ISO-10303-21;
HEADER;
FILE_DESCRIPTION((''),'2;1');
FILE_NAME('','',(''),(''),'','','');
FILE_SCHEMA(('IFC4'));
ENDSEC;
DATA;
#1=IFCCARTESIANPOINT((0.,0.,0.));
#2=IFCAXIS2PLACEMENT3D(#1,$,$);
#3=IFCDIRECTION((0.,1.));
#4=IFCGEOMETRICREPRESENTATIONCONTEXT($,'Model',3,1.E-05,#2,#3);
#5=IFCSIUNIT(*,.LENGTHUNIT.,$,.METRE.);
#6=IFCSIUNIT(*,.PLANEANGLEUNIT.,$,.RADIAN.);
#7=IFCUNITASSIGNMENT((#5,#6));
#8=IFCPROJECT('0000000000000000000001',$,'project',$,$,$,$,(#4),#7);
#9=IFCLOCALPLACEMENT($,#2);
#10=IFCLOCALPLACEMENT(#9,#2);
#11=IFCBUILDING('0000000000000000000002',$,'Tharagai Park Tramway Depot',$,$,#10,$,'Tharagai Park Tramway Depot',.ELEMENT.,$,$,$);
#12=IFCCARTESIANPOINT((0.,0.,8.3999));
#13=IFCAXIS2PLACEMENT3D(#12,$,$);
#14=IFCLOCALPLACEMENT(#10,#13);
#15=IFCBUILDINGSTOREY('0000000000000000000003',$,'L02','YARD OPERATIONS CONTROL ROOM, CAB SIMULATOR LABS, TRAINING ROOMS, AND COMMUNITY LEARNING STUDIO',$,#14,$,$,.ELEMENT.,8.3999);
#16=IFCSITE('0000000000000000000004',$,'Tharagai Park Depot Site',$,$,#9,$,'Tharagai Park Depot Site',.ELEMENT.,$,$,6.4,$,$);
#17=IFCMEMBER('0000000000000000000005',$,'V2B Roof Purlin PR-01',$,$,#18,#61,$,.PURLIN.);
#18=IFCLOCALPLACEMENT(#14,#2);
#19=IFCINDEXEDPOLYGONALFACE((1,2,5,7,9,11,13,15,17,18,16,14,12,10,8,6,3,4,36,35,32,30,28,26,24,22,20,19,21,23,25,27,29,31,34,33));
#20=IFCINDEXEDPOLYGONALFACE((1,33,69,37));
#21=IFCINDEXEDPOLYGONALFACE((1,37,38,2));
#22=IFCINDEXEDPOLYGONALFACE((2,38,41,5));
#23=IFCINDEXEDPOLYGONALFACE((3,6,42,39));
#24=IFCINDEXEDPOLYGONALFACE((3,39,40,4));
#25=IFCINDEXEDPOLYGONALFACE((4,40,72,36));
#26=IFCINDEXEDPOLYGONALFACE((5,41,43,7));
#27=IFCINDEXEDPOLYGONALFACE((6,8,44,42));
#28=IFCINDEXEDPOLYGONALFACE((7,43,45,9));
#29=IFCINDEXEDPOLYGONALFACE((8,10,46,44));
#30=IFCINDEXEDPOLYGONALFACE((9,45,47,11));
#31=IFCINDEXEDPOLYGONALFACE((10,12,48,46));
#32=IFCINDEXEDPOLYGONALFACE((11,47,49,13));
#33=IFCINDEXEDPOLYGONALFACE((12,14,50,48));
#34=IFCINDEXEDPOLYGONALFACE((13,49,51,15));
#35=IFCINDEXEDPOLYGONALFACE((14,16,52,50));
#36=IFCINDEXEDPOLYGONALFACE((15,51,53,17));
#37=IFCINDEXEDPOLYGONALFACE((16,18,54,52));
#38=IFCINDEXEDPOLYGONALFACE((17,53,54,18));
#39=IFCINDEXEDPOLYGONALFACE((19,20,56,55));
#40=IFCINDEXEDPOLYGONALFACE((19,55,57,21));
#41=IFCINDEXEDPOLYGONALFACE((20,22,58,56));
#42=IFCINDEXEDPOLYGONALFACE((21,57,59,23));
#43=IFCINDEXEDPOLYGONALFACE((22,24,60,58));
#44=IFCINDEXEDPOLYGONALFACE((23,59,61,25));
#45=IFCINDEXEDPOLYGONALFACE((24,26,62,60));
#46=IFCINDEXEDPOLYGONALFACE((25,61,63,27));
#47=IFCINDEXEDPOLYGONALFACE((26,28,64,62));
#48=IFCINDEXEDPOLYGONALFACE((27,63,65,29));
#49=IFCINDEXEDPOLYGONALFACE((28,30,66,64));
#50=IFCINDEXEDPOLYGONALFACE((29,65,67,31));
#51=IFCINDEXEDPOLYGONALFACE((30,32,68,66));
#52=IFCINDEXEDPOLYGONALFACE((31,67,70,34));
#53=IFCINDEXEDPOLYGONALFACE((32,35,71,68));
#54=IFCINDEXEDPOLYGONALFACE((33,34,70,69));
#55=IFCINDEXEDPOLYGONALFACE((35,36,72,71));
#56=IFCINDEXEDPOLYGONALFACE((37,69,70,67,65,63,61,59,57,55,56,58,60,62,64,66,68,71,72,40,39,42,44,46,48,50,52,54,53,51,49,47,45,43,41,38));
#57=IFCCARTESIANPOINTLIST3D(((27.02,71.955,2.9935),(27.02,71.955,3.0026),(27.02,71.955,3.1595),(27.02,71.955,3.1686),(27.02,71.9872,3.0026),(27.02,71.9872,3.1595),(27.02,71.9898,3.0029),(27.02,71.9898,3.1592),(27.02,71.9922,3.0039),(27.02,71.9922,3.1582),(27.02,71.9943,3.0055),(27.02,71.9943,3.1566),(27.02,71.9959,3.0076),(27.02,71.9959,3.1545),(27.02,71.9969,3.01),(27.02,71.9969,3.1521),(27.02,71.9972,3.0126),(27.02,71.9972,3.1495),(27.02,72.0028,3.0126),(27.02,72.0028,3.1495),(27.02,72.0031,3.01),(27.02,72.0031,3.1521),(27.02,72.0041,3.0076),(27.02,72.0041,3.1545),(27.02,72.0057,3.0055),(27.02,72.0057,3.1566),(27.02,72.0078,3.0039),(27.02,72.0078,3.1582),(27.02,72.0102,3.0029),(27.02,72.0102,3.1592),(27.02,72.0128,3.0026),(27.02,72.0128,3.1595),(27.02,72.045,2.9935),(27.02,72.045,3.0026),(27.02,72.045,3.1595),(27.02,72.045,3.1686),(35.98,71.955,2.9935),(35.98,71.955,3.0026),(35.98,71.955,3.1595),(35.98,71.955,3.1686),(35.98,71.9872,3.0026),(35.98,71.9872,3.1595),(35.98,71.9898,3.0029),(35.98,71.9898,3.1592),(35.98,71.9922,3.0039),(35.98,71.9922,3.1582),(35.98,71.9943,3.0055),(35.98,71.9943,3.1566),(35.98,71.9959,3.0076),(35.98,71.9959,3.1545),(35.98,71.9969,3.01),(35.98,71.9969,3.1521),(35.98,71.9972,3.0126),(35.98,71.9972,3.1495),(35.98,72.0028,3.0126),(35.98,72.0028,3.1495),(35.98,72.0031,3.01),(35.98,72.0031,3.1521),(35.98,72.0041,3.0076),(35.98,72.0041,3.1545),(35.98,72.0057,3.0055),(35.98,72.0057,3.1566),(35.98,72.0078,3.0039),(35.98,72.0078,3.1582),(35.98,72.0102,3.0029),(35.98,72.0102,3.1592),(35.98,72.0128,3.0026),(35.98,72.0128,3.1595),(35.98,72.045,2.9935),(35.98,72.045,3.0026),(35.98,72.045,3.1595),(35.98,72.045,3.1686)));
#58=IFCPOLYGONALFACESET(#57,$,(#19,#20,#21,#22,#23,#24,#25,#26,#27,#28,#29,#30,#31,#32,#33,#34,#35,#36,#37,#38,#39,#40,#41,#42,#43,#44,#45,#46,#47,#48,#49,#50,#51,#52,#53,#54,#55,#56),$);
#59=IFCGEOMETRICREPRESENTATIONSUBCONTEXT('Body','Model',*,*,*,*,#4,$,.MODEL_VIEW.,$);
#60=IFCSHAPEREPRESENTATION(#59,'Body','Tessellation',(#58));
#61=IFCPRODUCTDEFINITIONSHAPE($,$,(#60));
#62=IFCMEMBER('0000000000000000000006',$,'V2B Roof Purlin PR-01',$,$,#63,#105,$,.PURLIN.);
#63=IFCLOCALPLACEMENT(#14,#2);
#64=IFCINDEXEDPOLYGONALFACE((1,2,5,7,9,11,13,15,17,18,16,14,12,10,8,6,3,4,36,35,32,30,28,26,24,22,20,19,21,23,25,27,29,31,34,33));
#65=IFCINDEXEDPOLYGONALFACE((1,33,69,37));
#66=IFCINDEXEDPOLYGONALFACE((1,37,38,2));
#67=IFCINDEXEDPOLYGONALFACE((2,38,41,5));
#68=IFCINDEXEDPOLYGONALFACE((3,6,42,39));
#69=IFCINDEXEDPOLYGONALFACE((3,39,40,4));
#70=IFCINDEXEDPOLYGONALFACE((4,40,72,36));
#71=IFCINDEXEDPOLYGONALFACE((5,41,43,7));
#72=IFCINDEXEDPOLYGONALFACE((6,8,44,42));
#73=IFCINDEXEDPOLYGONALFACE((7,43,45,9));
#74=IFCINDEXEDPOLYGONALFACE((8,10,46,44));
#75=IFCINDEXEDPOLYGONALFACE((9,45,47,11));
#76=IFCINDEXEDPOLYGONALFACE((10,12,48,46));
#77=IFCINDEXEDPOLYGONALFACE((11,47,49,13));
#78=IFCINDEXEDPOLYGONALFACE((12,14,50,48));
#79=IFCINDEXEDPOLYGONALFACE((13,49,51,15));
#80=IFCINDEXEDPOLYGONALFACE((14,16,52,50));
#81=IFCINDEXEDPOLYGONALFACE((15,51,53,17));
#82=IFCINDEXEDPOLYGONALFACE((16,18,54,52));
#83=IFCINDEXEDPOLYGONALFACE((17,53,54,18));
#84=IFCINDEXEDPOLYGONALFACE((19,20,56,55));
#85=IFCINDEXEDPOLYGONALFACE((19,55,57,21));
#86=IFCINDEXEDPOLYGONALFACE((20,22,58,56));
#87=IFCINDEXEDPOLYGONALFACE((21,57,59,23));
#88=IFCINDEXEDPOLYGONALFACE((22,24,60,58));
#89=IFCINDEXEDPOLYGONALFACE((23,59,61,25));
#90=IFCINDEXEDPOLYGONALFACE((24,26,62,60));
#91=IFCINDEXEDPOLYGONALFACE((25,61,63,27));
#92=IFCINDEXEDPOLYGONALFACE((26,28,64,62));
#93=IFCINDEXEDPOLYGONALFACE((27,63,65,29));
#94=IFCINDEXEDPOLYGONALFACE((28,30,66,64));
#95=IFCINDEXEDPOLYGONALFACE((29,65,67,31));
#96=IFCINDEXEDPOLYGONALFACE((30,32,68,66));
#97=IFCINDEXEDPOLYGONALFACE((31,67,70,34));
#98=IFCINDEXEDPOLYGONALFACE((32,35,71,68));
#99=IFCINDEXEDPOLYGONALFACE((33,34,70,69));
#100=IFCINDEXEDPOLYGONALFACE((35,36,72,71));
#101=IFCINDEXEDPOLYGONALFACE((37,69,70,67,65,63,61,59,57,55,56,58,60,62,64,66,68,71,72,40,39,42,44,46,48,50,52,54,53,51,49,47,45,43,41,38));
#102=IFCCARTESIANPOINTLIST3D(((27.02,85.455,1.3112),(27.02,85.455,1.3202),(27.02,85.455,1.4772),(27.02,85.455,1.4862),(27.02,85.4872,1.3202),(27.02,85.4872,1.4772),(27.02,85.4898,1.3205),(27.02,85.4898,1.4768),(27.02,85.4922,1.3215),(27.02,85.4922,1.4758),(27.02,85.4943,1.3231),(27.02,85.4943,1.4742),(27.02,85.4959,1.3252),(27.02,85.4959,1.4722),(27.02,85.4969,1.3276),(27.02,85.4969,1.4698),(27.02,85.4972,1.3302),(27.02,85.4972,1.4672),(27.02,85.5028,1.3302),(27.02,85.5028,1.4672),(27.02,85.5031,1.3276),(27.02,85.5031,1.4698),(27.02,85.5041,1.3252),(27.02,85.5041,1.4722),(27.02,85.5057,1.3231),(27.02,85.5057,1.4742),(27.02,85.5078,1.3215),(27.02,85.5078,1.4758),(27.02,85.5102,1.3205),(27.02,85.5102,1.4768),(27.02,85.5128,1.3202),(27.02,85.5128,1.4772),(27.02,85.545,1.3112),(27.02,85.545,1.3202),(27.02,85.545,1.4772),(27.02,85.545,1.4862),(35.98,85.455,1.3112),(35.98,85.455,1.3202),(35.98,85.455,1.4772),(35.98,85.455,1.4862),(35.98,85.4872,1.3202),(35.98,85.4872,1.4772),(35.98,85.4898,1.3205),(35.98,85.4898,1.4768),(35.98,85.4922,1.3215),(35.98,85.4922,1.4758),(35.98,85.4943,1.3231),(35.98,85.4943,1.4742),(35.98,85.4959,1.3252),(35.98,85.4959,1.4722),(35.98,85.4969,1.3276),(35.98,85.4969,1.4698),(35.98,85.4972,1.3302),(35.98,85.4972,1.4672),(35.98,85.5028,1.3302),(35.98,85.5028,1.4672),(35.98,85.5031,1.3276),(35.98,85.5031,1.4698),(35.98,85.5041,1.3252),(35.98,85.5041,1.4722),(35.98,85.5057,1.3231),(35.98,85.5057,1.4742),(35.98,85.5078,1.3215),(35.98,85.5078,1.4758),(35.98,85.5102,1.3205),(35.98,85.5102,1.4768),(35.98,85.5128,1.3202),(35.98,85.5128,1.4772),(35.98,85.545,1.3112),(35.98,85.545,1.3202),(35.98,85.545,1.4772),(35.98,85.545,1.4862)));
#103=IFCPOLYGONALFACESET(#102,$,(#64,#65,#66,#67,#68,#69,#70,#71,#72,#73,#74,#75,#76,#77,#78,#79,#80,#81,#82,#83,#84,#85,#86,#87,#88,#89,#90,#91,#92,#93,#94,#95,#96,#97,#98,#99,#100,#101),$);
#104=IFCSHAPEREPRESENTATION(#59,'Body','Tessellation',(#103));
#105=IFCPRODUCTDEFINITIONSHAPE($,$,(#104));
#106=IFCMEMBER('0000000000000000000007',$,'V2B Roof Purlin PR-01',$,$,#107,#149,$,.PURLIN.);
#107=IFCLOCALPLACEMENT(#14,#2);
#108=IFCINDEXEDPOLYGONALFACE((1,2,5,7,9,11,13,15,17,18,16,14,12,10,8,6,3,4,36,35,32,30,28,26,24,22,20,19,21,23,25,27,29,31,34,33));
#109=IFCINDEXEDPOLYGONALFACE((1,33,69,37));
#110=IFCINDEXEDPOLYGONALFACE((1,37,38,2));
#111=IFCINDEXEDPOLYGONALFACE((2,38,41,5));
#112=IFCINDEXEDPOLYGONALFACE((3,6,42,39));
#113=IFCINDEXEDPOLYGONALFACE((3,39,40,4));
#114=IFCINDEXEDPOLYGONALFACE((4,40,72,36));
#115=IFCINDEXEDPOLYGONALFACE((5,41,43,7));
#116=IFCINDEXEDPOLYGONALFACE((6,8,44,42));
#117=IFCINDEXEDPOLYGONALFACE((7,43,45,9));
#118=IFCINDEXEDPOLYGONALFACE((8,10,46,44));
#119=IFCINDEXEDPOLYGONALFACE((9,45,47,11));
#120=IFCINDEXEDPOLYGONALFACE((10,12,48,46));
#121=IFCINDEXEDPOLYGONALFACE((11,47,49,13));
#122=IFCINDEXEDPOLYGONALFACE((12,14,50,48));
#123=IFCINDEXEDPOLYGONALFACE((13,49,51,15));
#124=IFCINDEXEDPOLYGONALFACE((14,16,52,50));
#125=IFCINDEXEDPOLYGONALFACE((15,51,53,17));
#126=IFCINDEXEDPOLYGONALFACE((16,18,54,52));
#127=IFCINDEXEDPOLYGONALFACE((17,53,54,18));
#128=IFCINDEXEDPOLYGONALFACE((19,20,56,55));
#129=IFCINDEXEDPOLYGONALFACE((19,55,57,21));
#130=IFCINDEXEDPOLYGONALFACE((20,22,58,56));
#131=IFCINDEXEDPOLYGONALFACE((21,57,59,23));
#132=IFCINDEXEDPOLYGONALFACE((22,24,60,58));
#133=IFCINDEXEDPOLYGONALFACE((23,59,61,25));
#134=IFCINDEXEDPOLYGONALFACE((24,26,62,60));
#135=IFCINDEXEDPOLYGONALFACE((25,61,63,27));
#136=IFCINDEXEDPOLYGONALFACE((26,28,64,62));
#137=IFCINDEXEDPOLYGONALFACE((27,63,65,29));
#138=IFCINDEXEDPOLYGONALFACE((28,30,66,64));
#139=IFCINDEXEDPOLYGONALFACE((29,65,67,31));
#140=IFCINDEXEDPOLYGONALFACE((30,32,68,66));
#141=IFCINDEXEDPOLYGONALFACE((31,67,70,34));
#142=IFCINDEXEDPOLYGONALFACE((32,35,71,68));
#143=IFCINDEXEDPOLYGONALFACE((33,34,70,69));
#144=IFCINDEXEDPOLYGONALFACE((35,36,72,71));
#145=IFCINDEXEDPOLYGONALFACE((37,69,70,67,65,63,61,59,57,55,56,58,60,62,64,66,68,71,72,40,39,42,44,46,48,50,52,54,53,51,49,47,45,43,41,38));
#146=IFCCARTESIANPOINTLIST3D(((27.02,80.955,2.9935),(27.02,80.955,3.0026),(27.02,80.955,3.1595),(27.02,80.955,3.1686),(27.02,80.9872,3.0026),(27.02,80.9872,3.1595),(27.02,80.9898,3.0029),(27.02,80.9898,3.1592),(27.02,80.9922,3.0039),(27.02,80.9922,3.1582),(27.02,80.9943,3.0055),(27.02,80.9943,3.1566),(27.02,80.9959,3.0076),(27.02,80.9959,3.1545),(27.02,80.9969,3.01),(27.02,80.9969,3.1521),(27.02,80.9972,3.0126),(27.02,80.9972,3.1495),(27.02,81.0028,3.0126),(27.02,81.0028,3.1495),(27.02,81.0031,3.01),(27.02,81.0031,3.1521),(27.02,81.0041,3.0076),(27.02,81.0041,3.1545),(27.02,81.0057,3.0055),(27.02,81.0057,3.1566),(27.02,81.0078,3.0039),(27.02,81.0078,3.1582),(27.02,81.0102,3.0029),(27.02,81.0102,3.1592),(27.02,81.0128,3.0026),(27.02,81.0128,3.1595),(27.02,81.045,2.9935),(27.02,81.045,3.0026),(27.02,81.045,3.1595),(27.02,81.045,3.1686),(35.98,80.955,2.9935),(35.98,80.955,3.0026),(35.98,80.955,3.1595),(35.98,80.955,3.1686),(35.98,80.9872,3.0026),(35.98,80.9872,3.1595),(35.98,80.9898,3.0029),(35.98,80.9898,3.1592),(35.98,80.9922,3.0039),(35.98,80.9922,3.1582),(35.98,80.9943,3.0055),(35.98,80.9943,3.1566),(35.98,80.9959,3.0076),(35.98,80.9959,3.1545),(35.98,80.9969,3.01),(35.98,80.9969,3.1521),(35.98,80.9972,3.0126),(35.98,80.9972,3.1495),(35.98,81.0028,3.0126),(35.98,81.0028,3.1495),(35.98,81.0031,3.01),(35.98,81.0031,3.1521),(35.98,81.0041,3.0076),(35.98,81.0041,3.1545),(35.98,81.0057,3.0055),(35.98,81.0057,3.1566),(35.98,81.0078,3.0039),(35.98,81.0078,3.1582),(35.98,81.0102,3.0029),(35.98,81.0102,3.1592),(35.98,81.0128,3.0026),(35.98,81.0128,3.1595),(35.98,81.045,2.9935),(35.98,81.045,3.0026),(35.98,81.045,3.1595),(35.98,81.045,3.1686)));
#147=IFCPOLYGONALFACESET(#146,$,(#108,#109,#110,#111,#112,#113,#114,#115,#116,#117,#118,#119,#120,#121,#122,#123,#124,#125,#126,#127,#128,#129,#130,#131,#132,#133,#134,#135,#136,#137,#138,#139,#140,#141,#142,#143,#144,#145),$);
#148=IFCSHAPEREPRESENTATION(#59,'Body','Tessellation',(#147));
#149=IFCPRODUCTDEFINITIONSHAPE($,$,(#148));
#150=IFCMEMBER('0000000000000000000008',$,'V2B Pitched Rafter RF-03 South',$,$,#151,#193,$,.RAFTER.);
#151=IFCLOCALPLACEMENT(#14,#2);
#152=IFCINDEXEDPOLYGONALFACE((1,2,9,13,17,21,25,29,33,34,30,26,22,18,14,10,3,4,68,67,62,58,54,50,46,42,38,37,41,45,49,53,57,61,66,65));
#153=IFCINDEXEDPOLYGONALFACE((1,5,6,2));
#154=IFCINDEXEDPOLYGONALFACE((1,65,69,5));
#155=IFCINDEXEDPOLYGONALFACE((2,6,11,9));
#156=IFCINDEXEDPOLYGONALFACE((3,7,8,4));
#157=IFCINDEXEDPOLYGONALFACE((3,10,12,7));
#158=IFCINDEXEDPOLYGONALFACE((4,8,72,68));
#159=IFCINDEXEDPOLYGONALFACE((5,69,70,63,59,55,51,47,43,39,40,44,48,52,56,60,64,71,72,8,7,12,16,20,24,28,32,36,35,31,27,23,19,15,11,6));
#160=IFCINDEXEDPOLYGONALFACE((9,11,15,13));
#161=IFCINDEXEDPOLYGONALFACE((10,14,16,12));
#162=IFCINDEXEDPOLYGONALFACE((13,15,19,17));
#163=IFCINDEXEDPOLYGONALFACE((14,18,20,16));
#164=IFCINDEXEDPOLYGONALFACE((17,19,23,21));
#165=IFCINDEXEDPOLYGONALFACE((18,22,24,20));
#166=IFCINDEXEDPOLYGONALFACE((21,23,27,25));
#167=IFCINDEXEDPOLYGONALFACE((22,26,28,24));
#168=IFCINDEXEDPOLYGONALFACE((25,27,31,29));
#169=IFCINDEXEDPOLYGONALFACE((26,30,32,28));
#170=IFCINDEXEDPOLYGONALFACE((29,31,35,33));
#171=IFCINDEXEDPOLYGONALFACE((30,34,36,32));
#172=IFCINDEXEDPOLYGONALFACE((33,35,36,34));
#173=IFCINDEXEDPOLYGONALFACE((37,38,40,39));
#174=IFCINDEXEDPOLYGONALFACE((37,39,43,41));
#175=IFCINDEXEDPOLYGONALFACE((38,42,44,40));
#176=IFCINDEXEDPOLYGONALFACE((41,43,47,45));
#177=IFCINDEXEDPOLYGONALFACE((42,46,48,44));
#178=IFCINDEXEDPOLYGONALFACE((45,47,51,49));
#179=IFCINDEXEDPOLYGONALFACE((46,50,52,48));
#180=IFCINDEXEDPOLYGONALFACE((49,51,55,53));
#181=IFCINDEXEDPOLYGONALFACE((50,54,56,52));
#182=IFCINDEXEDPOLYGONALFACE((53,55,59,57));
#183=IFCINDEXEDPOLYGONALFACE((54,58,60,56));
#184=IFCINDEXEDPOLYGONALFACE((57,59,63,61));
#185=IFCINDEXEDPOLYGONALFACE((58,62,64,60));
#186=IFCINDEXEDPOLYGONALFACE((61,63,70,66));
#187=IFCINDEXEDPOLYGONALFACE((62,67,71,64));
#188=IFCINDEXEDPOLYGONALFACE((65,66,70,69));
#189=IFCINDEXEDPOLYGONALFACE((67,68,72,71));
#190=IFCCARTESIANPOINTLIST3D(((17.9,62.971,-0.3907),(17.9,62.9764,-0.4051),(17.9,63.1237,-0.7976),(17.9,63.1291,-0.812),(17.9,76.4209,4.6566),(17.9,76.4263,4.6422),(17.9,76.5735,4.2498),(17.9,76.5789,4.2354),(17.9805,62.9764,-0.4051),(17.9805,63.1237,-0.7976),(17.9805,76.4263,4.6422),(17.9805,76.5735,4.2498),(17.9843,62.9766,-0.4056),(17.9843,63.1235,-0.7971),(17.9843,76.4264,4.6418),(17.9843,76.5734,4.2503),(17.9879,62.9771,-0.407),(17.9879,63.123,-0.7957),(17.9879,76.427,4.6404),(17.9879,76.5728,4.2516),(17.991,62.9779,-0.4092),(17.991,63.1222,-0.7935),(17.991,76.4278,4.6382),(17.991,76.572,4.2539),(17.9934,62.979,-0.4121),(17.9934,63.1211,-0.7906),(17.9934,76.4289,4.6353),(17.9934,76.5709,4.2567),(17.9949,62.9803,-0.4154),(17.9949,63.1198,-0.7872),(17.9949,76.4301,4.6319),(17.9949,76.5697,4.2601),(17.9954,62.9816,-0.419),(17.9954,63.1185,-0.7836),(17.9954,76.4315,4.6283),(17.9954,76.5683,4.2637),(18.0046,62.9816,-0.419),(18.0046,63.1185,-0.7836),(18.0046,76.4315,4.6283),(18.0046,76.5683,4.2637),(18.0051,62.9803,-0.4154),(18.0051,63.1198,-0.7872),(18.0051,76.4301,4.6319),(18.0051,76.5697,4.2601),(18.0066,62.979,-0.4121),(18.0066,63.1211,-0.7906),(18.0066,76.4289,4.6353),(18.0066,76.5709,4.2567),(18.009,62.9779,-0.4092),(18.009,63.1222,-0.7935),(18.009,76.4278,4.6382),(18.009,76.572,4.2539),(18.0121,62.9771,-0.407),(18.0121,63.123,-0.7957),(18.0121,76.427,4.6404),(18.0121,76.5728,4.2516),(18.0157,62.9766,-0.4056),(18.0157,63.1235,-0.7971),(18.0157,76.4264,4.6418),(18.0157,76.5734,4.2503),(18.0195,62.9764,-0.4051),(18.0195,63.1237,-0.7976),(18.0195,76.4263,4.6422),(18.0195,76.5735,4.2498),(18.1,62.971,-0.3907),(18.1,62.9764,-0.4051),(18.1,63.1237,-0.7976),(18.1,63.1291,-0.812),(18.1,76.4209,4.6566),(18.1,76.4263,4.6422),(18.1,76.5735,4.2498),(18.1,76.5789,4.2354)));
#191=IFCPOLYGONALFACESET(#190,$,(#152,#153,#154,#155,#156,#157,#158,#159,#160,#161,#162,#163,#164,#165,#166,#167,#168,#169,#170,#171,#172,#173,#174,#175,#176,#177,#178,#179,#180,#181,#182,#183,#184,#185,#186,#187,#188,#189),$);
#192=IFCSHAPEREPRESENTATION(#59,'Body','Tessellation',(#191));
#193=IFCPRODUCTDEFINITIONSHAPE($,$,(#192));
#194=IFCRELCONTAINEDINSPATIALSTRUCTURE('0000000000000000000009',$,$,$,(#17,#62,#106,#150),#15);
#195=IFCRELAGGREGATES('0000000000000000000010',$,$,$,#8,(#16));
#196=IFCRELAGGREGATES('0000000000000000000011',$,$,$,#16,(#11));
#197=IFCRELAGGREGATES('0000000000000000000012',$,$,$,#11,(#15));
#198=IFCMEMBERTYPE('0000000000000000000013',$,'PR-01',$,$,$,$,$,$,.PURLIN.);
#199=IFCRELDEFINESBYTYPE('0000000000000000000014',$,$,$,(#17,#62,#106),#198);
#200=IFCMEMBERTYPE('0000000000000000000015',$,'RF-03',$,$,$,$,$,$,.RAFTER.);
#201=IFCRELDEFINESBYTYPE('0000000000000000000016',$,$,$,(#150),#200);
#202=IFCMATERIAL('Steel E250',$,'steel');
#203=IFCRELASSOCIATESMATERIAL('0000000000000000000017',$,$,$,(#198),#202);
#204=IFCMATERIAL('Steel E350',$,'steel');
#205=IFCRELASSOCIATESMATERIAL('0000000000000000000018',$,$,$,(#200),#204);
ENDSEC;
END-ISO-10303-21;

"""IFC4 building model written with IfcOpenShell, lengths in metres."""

from ifc_helpers import new_model, si_unit, direction, frame, origin, origin_2d, place, context, subcontext, project, spatial, i_section, extrude, material, material_profile, profile_set, type_object, element, save


model = new_model("IFC4")

# Units and contexts
model_context = context("Model", 3, precision=1e-05, world=origin(), true_north=direction((0.0, 1.0)))
body_context = subcontext(model_context, "Body", "Model", "MODEL_VIEW")
ifc_project = project(units=[si_unit("LENGTHUNIT", "METRE"), si_unit("PLANEANGLEUNIT", "RADIAN")], contexts=[model_context])

# Site, building, storey
site_placement = place(None, origin())
site = spatial("IfcSite", under=ifc_project, at=site_placement, Name="Tharagai Park Depot Site", LongName="Tharagai Park Depot Site", CompositionType="ELEMENT", RefElevation=6.4)
building_placement = place(site_placement, origin())
building = spatial("IfcBuilding", under=site, at=building_placement, Name="Tharagai Park Tramway Depot", LongName="Tharagai Park Tramway Depot", CompositionType="ELEMENT")
storey_placement = place(building_placement, frame((0.0, 0.0, 8.3999)))
storey = spatial("IfcBuildingStorey", under=building, at=storey_placement, Name="L02", Description="YARD OPERATIONS CONTROL ROOM, CAB SIMULATOR LABS, TRAINING ROOMS, AND COMMUNITY LEARNING STUDIO", CompositionType="ELEMENT", Elevation=8.3999)

# Shared definitions
ifc_material_1 = material(Name="Steel E350", Category="steel")

# Members
ifc_material_2 = material(Name="Steel E250", Category="steel")
ifc_material_profile_1 = material_profile(ifc_material_2, i_section(OverallWidth=0.0901, OverallDepth=0.175, WebThickness=0.0056, FlangeThickness=0.009, FilletRadius=0.01, at=origin_2d()), Name="ISMB 175")
ifc_profile_set_1 = profile_set([ifc_material_profile_1], Name="Steel E250")
member_type_1 = type_object("IfcMemberType", Name="PR-01", PredefinedType="PURLIN", material=ifc_profile_set_1)
for number, where, z_axis, x_axis, name in (
    (1, (27.02, 72.0, 3.0811), (1.0, 0.0, 0.0), (0.0, 1.0, 0.0), "V2B Roof Purlin PR-01"),
    (2, (27.02, 85.5, 1.3987), (1.0, 0.0, 0.0), (0.0, 1.0, 0.0), "V2B Roof Purlin PR-01"),
    (3, (27.02, 81.0, 3.0811), (1.0, 0.0, 0.0), (0.0, 1.0, 0.0), "V2B Roof Purlin PR-01"),
):
    element("IfcMember", number, at=place(storey_placement, frame(where, z_axis=z_axis, x_axis=x_axis)), inside=storey, type_object=member_type_1, Name=name, PredefinedType="PURLIN", context=body_context, shape_type="SweptSolid", body=[
        extrude(i_section(OverallWidth=0.0901, OverallDepth=0.175, WebThickness=0.0056, FlangeThickness=0.009, FilletRadius=0.01, at=origin_2d()), origin(), (0.0, 0.0, 1.0), 8.96),
    ])
ifc_material_profile_2 = material_profile(ifc_material_1, i_section(OverallWidth=0.2, OverallDepth=0.45, WebThickness=0.0093, FlangeThickness=0.0154, FilletRadius=0.0149, at=origin_2d()), Name="ISWB 450")
ifc_profile_set_2 = profile_set([ifc_material_profile_2], Name="Steel E350")
member_type_2 = type_object("IfcMemberType", Name="RF-03", PredefinedType="RAFTER", material=ifc_profile_set_2)
for number, where, z_axis, x_axis, name in (
    (4, (18.0, 63.05, -0.6013), (0.0, 0.936246, 0.351345), (-1.0, 0.0, 0.0), "V2B Pitched Rafter RF-03 South"),
):
    element("IfcMember", number, at=place(storey_placement, frame(where, z_axis=z_axis, x_axis=x_axis)), inside=storey, type_object=member_type_2, Name=name, PredefinedType="RAFTER", context=body_context, shape_type="SweptSolid", body=[
        extrude(i_section(OverallWidth=0.2, OverallDepth=0.45, WebThickness=0.0093, FlangeThickness=0.0154, FilletRadius=0.0149, at=origin_2d()), origin(), (0.0, 0.0, 1.0), 14.3657),
    ])

save(model, "model.ifc")
